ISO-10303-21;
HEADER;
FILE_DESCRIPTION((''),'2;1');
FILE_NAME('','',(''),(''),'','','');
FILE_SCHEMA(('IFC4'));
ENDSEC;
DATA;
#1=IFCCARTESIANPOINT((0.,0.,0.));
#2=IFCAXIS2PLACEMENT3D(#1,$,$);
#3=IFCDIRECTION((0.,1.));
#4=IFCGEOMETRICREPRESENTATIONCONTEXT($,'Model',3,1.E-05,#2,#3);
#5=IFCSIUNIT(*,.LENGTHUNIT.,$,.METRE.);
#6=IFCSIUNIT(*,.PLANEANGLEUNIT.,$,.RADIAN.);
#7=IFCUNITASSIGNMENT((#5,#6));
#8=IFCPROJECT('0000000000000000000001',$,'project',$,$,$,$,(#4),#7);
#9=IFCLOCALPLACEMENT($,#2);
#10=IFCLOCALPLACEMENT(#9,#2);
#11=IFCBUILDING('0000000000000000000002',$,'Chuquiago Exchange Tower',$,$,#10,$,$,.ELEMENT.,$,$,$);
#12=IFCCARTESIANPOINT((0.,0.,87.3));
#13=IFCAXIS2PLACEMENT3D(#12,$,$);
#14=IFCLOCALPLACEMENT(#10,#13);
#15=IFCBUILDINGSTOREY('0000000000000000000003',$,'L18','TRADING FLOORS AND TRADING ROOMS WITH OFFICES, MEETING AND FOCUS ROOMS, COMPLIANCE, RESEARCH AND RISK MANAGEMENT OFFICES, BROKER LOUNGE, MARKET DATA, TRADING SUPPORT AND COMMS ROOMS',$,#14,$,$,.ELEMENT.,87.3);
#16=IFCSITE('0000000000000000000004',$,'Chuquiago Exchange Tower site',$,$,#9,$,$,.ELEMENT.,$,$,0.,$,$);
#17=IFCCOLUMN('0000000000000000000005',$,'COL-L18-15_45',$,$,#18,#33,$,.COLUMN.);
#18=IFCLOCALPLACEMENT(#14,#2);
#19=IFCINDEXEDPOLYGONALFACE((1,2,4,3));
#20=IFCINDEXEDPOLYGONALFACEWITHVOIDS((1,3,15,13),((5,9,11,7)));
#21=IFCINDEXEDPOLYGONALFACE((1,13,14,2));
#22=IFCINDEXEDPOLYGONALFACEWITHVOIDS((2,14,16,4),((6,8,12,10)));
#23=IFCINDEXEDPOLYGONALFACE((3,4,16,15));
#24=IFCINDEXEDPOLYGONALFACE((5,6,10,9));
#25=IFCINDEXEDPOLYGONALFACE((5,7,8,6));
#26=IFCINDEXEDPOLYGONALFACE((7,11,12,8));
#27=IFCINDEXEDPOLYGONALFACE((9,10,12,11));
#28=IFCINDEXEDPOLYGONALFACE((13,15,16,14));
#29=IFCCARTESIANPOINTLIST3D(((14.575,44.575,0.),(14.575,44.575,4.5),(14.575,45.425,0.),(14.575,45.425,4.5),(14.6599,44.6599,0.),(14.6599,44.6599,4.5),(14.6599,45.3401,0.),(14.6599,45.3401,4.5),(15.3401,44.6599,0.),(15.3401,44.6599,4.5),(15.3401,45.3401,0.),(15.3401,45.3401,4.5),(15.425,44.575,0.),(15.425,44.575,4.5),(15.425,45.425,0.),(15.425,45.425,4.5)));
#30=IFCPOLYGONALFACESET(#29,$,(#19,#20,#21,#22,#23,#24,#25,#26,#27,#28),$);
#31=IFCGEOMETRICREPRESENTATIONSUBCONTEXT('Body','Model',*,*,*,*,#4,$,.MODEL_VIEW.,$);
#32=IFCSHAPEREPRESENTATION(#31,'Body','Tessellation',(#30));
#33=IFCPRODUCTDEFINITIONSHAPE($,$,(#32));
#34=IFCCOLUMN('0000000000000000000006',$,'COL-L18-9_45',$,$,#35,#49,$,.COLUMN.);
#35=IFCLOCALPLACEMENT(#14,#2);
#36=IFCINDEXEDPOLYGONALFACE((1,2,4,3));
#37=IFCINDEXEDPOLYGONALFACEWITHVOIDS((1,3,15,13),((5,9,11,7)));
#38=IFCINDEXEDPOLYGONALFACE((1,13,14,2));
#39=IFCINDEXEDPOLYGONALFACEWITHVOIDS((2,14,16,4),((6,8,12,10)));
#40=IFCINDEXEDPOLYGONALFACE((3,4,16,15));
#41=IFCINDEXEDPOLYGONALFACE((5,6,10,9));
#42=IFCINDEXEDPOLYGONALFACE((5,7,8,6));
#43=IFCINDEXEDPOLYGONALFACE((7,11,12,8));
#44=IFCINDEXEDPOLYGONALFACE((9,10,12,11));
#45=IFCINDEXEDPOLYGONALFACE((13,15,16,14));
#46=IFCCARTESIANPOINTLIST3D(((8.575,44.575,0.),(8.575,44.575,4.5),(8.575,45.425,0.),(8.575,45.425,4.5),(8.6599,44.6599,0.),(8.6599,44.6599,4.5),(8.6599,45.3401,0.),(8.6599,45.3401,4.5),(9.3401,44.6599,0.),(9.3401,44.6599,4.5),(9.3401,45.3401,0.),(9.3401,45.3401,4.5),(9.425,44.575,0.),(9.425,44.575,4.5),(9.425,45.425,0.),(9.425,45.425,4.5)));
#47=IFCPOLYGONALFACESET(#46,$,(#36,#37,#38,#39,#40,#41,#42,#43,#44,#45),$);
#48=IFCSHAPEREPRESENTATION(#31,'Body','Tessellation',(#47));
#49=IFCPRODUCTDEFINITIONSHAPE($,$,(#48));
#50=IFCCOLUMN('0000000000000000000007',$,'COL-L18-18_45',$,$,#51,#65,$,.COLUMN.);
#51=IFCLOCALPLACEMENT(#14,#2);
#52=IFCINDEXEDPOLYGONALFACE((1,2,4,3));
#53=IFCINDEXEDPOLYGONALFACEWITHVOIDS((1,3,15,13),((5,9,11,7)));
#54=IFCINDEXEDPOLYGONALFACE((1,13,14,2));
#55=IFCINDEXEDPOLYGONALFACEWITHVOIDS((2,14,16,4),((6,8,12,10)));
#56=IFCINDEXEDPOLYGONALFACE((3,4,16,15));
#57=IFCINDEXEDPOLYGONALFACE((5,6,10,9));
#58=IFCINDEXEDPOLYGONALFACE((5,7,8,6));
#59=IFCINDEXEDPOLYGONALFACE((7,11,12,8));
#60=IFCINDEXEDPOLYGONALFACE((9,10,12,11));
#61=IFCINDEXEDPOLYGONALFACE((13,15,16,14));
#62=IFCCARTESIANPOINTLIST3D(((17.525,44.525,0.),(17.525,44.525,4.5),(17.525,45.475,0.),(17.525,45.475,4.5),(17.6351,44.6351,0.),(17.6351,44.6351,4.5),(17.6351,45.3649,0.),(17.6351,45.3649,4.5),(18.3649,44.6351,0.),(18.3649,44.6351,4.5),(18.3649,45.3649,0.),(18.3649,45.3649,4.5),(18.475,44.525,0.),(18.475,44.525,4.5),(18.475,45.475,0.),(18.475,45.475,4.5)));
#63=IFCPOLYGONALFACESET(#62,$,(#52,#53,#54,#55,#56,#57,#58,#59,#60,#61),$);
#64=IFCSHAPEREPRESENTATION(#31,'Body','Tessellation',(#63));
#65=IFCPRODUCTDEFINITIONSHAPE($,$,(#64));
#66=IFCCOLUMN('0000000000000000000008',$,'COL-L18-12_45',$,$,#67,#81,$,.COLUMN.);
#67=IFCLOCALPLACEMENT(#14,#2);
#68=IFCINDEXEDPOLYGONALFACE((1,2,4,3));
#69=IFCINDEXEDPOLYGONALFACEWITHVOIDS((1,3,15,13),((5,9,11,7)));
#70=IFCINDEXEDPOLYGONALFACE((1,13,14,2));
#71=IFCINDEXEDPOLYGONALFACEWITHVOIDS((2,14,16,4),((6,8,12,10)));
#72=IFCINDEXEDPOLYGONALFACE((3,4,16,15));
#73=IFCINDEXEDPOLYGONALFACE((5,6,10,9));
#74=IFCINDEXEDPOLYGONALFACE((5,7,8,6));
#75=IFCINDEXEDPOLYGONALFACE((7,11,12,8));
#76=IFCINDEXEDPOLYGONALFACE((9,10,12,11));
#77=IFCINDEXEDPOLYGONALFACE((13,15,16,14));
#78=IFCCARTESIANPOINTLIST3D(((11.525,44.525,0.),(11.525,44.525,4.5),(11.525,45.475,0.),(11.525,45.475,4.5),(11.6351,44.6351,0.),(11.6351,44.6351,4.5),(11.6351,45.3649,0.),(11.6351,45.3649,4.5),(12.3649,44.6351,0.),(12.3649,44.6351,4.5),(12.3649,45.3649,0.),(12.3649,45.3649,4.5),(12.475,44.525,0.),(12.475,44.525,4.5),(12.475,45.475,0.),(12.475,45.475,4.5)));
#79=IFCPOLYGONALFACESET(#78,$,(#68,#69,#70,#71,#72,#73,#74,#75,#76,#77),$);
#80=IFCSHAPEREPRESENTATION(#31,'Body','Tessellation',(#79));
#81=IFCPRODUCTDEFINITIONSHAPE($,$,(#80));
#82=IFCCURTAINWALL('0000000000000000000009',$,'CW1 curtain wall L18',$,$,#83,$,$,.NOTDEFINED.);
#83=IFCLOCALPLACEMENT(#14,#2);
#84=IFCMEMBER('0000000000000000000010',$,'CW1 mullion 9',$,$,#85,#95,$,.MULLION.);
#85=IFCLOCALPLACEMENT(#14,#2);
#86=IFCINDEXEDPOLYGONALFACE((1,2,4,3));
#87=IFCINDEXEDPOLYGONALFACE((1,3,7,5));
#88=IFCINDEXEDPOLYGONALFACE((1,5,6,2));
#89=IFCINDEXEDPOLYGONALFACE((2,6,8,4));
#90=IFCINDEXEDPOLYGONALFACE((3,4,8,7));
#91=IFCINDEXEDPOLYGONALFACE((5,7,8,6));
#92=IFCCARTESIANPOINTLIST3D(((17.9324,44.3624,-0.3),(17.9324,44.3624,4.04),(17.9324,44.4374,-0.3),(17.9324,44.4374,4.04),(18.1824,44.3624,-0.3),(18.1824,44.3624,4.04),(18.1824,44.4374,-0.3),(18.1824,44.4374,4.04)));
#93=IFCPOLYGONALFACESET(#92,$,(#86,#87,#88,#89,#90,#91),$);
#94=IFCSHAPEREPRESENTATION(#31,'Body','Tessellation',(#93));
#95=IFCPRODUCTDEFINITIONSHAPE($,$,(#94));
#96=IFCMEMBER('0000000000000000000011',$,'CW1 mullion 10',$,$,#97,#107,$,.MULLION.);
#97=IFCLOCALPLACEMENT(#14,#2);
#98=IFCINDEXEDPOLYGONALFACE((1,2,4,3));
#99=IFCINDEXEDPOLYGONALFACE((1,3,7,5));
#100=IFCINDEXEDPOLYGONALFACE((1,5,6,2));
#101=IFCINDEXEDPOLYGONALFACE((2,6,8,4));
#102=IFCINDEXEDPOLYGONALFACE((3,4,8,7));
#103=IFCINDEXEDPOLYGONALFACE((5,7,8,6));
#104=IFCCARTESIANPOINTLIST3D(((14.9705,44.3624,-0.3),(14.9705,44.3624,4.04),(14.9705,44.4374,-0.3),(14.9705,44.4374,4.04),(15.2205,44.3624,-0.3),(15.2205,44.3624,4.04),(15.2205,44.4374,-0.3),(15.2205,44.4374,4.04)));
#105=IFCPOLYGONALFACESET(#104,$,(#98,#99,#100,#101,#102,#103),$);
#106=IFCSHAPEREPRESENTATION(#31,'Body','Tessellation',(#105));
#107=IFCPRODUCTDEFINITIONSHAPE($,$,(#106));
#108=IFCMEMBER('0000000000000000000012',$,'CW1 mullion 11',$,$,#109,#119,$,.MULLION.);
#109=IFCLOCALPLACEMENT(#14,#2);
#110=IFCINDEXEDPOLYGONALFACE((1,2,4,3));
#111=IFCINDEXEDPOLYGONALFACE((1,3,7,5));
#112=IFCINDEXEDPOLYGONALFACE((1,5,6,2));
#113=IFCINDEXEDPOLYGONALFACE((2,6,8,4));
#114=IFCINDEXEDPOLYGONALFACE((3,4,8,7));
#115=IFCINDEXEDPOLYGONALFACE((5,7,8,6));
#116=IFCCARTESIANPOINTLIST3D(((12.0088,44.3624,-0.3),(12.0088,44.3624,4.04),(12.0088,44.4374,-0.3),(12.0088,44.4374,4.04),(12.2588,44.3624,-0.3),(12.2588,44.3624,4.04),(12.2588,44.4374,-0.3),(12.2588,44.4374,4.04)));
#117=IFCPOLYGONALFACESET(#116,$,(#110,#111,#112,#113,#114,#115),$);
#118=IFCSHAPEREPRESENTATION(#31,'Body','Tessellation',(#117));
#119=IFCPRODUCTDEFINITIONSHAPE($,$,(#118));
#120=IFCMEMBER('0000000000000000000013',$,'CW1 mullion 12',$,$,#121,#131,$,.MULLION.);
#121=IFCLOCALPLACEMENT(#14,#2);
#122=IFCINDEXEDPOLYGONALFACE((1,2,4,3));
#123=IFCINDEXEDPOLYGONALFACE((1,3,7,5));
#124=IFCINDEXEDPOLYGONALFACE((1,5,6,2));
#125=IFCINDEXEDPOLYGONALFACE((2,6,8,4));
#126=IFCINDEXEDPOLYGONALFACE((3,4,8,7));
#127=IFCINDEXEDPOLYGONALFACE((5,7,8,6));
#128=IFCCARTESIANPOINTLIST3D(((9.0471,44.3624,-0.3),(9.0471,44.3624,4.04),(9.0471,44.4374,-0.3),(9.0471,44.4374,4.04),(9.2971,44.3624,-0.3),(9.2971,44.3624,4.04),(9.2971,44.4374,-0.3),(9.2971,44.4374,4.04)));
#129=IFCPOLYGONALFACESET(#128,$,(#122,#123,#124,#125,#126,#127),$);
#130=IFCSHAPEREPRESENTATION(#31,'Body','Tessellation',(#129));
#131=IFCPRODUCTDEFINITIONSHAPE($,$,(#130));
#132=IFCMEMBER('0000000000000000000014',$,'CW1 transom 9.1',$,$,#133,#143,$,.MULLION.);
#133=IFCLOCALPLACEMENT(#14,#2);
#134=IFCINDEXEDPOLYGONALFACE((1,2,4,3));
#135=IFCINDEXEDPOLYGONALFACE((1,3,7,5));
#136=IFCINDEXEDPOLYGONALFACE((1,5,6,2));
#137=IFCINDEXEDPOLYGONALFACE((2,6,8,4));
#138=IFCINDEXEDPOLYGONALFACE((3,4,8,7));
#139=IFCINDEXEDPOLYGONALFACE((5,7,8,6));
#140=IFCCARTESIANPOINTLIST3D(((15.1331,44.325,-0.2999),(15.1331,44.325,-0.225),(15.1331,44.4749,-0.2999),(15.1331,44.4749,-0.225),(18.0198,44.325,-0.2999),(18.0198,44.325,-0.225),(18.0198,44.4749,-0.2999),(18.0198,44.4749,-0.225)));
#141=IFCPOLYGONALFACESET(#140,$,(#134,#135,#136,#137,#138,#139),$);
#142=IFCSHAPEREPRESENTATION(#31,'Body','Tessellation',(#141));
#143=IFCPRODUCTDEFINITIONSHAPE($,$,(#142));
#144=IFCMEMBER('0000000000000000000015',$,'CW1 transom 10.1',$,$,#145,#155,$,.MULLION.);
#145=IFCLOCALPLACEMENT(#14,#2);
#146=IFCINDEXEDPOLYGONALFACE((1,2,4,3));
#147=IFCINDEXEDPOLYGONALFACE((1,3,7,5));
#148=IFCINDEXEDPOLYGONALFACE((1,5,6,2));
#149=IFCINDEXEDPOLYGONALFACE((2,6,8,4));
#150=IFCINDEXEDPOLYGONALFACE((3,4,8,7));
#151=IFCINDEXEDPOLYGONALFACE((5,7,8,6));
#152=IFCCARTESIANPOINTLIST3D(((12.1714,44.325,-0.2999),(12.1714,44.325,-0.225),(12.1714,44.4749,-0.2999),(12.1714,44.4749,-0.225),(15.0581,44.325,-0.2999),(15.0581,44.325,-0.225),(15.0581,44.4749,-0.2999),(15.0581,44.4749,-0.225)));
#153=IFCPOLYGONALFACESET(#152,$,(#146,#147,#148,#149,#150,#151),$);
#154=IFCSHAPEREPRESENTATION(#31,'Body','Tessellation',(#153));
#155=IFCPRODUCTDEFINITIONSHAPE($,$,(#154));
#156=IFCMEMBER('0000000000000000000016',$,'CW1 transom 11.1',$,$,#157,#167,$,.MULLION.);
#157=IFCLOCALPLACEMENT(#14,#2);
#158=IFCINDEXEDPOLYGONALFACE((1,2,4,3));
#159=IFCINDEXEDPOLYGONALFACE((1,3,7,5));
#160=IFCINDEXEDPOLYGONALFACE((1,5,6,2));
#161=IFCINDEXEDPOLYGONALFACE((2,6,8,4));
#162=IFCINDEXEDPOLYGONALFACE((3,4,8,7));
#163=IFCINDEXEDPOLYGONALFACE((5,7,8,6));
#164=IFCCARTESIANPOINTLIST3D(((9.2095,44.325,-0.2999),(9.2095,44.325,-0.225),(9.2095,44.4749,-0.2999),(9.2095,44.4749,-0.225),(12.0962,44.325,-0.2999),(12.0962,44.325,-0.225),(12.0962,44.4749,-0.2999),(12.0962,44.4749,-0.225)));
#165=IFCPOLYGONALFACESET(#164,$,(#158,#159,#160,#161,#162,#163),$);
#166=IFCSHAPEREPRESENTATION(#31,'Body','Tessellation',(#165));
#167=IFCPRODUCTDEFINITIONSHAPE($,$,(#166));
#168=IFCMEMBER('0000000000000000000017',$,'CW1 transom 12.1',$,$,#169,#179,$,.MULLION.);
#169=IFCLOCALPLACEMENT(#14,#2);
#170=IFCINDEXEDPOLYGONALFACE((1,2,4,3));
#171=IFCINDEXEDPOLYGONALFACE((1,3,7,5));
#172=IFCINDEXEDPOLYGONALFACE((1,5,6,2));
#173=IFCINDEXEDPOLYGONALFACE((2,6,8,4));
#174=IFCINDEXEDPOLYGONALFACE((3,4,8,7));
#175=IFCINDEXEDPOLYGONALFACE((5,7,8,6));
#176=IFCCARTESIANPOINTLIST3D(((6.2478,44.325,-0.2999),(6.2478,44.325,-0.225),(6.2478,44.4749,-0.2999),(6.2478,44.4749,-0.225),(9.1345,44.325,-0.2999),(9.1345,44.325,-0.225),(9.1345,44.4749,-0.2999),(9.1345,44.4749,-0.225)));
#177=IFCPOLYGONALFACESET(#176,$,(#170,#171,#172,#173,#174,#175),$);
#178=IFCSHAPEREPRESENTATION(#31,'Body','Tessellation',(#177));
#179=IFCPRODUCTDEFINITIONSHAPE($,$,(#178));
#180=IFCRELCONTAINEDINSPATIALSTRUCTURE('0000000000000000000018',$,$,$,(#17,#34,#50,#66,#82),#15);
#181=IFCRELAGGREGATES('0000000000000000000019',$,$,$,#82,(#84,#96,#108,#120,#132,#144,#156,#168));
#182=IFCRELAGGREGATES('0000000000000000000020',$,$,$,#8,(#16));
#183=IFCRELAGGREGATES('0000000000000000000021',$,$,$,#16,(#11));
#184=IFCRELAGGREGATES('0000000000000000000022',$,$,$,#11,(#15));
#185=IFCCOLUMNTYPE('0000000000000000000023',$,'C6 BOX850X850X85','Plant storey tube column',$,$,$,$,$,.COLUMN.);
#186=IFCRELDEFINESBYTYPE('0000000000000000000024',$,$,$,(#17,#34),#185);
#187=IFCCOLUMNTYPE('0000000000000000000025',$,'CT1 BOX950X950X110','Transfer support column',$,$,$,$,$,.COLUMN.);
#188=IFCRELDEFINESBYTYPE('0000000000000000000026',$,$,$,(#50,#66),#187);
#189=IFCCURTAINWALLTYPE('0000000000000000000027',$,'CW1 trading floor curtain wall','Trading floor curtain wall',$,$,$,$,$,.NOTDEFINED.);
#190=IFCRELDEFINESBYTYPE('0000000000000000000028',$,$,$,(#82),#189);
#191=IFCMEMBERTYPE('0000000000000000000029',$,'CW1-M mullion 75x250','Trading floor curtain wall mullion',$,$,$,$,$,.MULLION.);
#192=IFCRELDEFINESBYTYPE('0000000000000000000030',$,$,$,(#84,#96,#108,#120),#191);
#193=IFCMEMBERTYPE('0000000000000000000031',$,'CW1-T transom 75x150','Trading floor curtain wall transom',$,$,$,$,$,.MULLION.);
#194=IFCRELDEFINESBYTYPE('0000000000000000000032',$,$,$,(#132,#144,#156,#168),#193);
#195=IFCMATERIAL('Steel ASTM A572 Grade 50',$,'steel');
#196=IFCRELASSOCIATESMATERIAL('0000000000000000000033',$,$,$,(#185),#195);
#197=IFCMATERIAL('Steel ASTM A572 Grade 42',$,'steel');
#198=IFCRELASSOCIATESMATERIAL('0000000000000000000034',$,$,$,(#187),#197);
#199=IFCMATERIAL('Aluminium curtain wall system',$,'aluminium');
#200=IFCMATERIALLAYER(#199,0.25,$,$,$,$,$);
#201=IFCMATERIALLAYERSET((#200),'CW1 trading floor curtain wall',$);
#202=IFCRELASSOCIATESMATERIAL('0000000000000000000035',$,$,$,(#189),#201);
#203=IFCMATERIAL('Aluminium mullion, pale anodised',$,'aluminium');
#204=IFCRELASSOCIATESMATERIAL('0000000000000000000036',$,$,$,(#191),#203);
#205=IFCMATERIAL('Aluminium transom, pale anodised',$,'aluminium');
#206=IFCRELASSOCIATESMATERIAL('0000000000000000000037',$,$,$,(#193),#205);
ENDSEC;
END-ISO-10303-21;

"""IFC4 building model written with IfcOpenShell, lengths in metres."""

from ifc_helpers import new_model, si_unit, direction, frame, origin, origin_2d, place, context, subcontext, project, spatial, rectangle, hollow_rectangle, extrude, material, layer, layer_set, material_profile, profile_set, type_object, element, aggregate, save


model = new_model("IFC4")

# Units and contexts
model_context = context("Model", 3, precision=1e-05, world=origin(), true_north=direction((0.0, 1.0)))
body_context = subcontext(model_context, "Body", "Model", "MODEL_VIEW")
ifc_project = project(units=[si_unit("LENGTHUNIT", "METRE"), si_unit("PLANEANGLEUNIT", "RADIAN")], contexts=[model_context])

# Site, building, storey
site_placement = place(None, origin())
site = spatial("IfcSite", under=ifc_project, at=site_placement, Name="Chuquiago Exchange Tower site", CompositionType="ELEMENT", RefElevation=0.0)
building_placement = place(site_placement, origin())
building = spatial("IfcBuilding", under=site, at=building_placement, Name="Chuquiago Exchange Tower", CompositionType="ELEMENT")
storey_placement = place(building_placement, frame((0.0, 0.0, 87.3)))
storey = spatial("IfcBuildingStorey", under=building, at=storey_placement, Name="L18", Description="TRADING FLOORS AND TRADING ROOMS WITH OFFICES, MEETING AND FOCUS ROOMS, COMPLIANCE, RESEARCH AND RISK MANAGEMENT OFFICES, BROKER LOUNGE, MARKET DATA, TRADING SUPPORT AND COMMS ROOMS", CompositionType="ELEMENT", Elevation=87.3)

# Columns
ifc_material_1 = material(Name="Steel ASTM A572 Grade 50", Category="steel")
ifc_material_profile_1 = material_profile(ifc_material_1, hollow_rectangle(XDim=0.8501, YDim=0.8501, WallThickness=0.085, at=origin_2d()), Name="BOX850X850X85")
ifc_profile_set_1 = profile_set([ifc_material_profile_1], Name="Steel ASTM A572 Grade 50")
column_type_1 = type_object("IfcColumnType", Name="C6 BOX850X850X85", Description="Plant storey tube column", PredefinedType="COLUMN", material=ifc_profile_set_1)
for number, where, z_axis, x_axis, name in (
    (1, (15.0, 45.0, 0.0), (0.0, 0.0, 1.0), (0.0, 1.0, 0.0), "COL-L18-15_45"),
    (2, (9.0, 45.0, 0.0), (0.0, 0.0, 1.0), (0.0, 1.0, 0.0), "COL-L18-9_45"),
):
    element("IfcColumn", number, at=place(storey_placement, frame(where, z_axis=z_axis, x_axis=x_axis)), inside=storey, type_object=column_type_1, Name=name, PredefinedType="COLUMN", context=body_context, shape_type="SweptSolid", body=[
        extrude(hollow_rectangle(XDim=0.8501, YDim=0.8501, WallThickness=0.085, at=origin_2d()), origin(), (0.0, 0.0, 1.0), 4.5),
    ])
ifc_material_2 = material(Name="Steel ASTM A572 Grade 42", Category="steel")
ifc_material_profile_2 = material_profile(ifc_material_2, hollow_rectangle(XDim=0.95, YDim=0.95, WallThickness=0.1101, at=origin_2d()), Name="BOX950X950X110")
ifc_profile_set_2 = profile_set([ifc_material_profile_2], Name="Steel ASTM A572 Grade 42")
column_type_2 = type_object("IfcColumnType", Name="CT1 BOX950X950X110", Description="Transfer support column", PredefinedType="COLUMN", material=ifc_profile_set_2)
for number, where, z_axis, x_axis, name in (
    (3, (18.0, 45.0, 0.0), (0.0, 0.0, 1.0), (0.0, 1.0, 0.0), "COL-L18-18_45"),
    (4, (12.0, 45.0, 0.0), (0.0, 0.0, 1.0), (0.0, 1.0, 0.0), "COL-L18-12_45"),
):
    element("IfcColumn", number, at=place(storey_placement, frame(where, z_axis=z_axis, x_axis=x_axis)), inside=storey, type_object=column_type_2, Name=name, PredefinedType="COLUMN", context=body_context, shape_type="SweptSolid", body=[
        extrude(hollow_rectangle(XDim=0.95, YDim=0.95, WallThickness=0.1101, at=origin_2d()), origin(), (0.0, 0.0, 1.0), 4.5),
    ])

# Curtain wall, members
ifc_material_3 = material(Name="Aluminium curtain wall system", Category="aluminium")
ifc_layer_1 = layer(ifc_material_3, 0.25)
ifc_layer_set_1 = layer_set([ifc_layer_1], Name="CW1 trading floor curtain wall")
curtain_wall_type = type_object("IfcCurtainWallType", Name="CW1 trading floor curtain wall", Description="Trading floor curtain wall", PredefinedType="NOTDEFINED", material=ifc_layer_set_1)
curtain_wall_placement = place(storey_placement, origin())
curtain_wall = element("IfcCurtainWall", 5, at=curtain_wall_placement, inside=storey, type_object=curtain_wall_type, Name="CW1 curtain wall L18", PredefinedType="NOTDEFINED")
ifc_material_4 = material(Name="Aluminium mullion, pale anodised", Category="aluminium")
ifc_material_profile_3 = material_profile(ifc_material_4, rectangle(XDim=0.075, YDim=0.25, at=origin_2d()), Name="AL 75x250")
ifc_profile_set_3 = profile_set([ifc_material_profile_3], Name="Aluminium mullion, pale anodised")
member_type_1 = type_object("IfcMemberType", Name="CW1-M mullion 75x250", Description="Trading floor curtain wall mullion", PredefinedType="MULLION", material=ifc_profile_set_3)
member_1_placement = place(storey_placement, frame((18.0574, 44.3999, -0.3), z_axis=(0.0, 0.0, 1.0), x_axis=(0.0, -1.0, 0.0)))
member_1 = element("IfcMember", 6, at=member_1_placement, type_object=member_type_1, Name="CW1 mullion 9", PredefinedType="MULLION", context=body_context, shape_type="SweptSolid", body=[
    extrude(rectangle(XDim=0.075, YDim=0.25, at=origin_2d()), origin(), (0.0, 0.0, 1.0), 4.3401),
])
member_2_placement = place(storey_placement, frame((15.0955, 44.3999, -0.3), z_axis=(0.0, 0.0, 1.0), x_axis=(0.0, -1.0, 0.0)))
member_2 = element("IfcMember", 7, at=member_2_placement, type_object=member_type_1, Name="CW1 mullion 10", PredefinedType="MULLION", context=body_context, shape_type="SweptSolid", body=[
    extrude(rectangle(XDim=0.075, YDim=0.25, at=origin_2d()), origin(), (0.0, 0.0, 1.0), 4.3401),
])
member_3_placement = place(storey_placement, frame((12.1338, 44.3999, -0.3), z_axis=(0.0, 0.0, 1.0), x_axis=(0.0, -1.0, 0.0)))
member_3 = element("IfcMember", 8, at=member_3_placement, type_object=member_type_1, Name="CW1 mullion 11", PredefinedType="MULLION", context=body_context, shape_type="SweptSolid", body=[
    extrude(rectangle(XDim=0.075, YDim=0.25, at=origin_2d()), origin(), (0.0, 0.0, 1.0), 4.3401),
])
member_4_placement = place(storey_placement, frame((9.1721, 44.3999, -0.3), z_axis=(0.0, 0.0, 1.0), x_axis=(0.0, -1.0, 0.0)))
member_4 = element("IfcMember", 9, at=member_4_placement, type_object=member_type_1, Name="CW1 mullion 12", PredefinedType="MULLION", context=body_context, shape_type="SweptSolid", body=[
    extrude(rectangle(XDim=0.075, YDim=0.25, at=origin_2d()), origin(), (0.0, 0.0, 1.0), 4.3401),
])
ifc_material_5 = material(Name="Aluminium transom, pale anodised", Category="aluminium")
ifc_material_profile_4 = material_profile(ifc_material_5, rectangle(XDim=0.1499, YDim=0.075, at=origin_2d()), Name="AL 150x75")
ifc_profile_set_4 = profile_set([ifc_material_profile_4], Name="Aluminium transom, pale anodised")
member_type_2 = type_object("IfcMemberType", Name="CW1-T transom 75x150", Description="Trading floor curtain wall transom", PredefinedType="MULLION", material=ifc_profile_set_4)
member_5_placement = place(storey_placement, frame((18.0198, 44.3999, -0.2625), z_axis=(-1.0, 0.0, 0.0), x_axis=(0.0, -1.0, 0.0)))
member_5 = element("IfcMember", 10, at=member_5_placement, type_object=member_type_2, Name="CW1 transom 9.1", PredefinedType="MULLION", context=body_context, shape_type="SweptSolid", body=[
    extrude(rectangle(XDim=0.1499, YDim=0.075, at=origin_2d()), origin(), (0.0, 0.0, 1.0), 2.8867),
])
member_6_placement = place(storey_placement, frame((15.0581, 44.3999, -0.2625), z_axis=(-1.0, 0.0, 0.0), x_axis=(0.0, -1.0, 0.0)))
member_6 = element("IfcMember", 11, at=member_6_placement, type_object=member_type_2, Name="CW1 transom 10.1", PredefinedType="MULLION", context=body_context, shape_type="SweptSolid", body=[
    extrude(rectangle(XDim=0.1499, YDim=0.075, at=origin_2d()), origin(), (0.0, 0.0, 1.0), 2.8867),
])
member_7_placement = place(storey_placement, frame((12.0962, 44.3999, -0.2625), z_axis=(-1.0, 0.0, 0.0), x_axis=(0.0, -1.0, 0.0)))
member_7 = element("IfcMember", 12, at=member_7_placement, type_object=member_type_2, Name="CW1 transom 11.1", PredefinedType="MULLION", context=body_context, shape_type="SweptSolid", body=[
    extrude(rectangle(XDim=0.1499, YDim=0.075, at=origin_2d()), origin(), (0.0, 0.0, 1.0), 2.8867),
])
member_8_placement = place(storey_placement, frame((9.1345, 44.3999, -0.2625), z_axis=(-1.0, 0.0, 0.0), x_axis=(0.0, -1.0, 0.0)))
member_8 = element("IfcMember", 13, at=member_8_placement, type_object=member_type_2, Name="CW1 transom 12.1", PredefinedType="MULLION", context=body_context, shape_type="SweptSolid", body=[
    extrude(rectangle(XDim=0.1499, YDim=0.075, at=origin_2d()), origin(), (0.0, 0.0, 1.0), 2.8867),
])

aggregate(curtain_wall, [member_1, member_2, member_3, member_4, member_5, member_6, member_7, member_8])

save(model, "model.ifc")
